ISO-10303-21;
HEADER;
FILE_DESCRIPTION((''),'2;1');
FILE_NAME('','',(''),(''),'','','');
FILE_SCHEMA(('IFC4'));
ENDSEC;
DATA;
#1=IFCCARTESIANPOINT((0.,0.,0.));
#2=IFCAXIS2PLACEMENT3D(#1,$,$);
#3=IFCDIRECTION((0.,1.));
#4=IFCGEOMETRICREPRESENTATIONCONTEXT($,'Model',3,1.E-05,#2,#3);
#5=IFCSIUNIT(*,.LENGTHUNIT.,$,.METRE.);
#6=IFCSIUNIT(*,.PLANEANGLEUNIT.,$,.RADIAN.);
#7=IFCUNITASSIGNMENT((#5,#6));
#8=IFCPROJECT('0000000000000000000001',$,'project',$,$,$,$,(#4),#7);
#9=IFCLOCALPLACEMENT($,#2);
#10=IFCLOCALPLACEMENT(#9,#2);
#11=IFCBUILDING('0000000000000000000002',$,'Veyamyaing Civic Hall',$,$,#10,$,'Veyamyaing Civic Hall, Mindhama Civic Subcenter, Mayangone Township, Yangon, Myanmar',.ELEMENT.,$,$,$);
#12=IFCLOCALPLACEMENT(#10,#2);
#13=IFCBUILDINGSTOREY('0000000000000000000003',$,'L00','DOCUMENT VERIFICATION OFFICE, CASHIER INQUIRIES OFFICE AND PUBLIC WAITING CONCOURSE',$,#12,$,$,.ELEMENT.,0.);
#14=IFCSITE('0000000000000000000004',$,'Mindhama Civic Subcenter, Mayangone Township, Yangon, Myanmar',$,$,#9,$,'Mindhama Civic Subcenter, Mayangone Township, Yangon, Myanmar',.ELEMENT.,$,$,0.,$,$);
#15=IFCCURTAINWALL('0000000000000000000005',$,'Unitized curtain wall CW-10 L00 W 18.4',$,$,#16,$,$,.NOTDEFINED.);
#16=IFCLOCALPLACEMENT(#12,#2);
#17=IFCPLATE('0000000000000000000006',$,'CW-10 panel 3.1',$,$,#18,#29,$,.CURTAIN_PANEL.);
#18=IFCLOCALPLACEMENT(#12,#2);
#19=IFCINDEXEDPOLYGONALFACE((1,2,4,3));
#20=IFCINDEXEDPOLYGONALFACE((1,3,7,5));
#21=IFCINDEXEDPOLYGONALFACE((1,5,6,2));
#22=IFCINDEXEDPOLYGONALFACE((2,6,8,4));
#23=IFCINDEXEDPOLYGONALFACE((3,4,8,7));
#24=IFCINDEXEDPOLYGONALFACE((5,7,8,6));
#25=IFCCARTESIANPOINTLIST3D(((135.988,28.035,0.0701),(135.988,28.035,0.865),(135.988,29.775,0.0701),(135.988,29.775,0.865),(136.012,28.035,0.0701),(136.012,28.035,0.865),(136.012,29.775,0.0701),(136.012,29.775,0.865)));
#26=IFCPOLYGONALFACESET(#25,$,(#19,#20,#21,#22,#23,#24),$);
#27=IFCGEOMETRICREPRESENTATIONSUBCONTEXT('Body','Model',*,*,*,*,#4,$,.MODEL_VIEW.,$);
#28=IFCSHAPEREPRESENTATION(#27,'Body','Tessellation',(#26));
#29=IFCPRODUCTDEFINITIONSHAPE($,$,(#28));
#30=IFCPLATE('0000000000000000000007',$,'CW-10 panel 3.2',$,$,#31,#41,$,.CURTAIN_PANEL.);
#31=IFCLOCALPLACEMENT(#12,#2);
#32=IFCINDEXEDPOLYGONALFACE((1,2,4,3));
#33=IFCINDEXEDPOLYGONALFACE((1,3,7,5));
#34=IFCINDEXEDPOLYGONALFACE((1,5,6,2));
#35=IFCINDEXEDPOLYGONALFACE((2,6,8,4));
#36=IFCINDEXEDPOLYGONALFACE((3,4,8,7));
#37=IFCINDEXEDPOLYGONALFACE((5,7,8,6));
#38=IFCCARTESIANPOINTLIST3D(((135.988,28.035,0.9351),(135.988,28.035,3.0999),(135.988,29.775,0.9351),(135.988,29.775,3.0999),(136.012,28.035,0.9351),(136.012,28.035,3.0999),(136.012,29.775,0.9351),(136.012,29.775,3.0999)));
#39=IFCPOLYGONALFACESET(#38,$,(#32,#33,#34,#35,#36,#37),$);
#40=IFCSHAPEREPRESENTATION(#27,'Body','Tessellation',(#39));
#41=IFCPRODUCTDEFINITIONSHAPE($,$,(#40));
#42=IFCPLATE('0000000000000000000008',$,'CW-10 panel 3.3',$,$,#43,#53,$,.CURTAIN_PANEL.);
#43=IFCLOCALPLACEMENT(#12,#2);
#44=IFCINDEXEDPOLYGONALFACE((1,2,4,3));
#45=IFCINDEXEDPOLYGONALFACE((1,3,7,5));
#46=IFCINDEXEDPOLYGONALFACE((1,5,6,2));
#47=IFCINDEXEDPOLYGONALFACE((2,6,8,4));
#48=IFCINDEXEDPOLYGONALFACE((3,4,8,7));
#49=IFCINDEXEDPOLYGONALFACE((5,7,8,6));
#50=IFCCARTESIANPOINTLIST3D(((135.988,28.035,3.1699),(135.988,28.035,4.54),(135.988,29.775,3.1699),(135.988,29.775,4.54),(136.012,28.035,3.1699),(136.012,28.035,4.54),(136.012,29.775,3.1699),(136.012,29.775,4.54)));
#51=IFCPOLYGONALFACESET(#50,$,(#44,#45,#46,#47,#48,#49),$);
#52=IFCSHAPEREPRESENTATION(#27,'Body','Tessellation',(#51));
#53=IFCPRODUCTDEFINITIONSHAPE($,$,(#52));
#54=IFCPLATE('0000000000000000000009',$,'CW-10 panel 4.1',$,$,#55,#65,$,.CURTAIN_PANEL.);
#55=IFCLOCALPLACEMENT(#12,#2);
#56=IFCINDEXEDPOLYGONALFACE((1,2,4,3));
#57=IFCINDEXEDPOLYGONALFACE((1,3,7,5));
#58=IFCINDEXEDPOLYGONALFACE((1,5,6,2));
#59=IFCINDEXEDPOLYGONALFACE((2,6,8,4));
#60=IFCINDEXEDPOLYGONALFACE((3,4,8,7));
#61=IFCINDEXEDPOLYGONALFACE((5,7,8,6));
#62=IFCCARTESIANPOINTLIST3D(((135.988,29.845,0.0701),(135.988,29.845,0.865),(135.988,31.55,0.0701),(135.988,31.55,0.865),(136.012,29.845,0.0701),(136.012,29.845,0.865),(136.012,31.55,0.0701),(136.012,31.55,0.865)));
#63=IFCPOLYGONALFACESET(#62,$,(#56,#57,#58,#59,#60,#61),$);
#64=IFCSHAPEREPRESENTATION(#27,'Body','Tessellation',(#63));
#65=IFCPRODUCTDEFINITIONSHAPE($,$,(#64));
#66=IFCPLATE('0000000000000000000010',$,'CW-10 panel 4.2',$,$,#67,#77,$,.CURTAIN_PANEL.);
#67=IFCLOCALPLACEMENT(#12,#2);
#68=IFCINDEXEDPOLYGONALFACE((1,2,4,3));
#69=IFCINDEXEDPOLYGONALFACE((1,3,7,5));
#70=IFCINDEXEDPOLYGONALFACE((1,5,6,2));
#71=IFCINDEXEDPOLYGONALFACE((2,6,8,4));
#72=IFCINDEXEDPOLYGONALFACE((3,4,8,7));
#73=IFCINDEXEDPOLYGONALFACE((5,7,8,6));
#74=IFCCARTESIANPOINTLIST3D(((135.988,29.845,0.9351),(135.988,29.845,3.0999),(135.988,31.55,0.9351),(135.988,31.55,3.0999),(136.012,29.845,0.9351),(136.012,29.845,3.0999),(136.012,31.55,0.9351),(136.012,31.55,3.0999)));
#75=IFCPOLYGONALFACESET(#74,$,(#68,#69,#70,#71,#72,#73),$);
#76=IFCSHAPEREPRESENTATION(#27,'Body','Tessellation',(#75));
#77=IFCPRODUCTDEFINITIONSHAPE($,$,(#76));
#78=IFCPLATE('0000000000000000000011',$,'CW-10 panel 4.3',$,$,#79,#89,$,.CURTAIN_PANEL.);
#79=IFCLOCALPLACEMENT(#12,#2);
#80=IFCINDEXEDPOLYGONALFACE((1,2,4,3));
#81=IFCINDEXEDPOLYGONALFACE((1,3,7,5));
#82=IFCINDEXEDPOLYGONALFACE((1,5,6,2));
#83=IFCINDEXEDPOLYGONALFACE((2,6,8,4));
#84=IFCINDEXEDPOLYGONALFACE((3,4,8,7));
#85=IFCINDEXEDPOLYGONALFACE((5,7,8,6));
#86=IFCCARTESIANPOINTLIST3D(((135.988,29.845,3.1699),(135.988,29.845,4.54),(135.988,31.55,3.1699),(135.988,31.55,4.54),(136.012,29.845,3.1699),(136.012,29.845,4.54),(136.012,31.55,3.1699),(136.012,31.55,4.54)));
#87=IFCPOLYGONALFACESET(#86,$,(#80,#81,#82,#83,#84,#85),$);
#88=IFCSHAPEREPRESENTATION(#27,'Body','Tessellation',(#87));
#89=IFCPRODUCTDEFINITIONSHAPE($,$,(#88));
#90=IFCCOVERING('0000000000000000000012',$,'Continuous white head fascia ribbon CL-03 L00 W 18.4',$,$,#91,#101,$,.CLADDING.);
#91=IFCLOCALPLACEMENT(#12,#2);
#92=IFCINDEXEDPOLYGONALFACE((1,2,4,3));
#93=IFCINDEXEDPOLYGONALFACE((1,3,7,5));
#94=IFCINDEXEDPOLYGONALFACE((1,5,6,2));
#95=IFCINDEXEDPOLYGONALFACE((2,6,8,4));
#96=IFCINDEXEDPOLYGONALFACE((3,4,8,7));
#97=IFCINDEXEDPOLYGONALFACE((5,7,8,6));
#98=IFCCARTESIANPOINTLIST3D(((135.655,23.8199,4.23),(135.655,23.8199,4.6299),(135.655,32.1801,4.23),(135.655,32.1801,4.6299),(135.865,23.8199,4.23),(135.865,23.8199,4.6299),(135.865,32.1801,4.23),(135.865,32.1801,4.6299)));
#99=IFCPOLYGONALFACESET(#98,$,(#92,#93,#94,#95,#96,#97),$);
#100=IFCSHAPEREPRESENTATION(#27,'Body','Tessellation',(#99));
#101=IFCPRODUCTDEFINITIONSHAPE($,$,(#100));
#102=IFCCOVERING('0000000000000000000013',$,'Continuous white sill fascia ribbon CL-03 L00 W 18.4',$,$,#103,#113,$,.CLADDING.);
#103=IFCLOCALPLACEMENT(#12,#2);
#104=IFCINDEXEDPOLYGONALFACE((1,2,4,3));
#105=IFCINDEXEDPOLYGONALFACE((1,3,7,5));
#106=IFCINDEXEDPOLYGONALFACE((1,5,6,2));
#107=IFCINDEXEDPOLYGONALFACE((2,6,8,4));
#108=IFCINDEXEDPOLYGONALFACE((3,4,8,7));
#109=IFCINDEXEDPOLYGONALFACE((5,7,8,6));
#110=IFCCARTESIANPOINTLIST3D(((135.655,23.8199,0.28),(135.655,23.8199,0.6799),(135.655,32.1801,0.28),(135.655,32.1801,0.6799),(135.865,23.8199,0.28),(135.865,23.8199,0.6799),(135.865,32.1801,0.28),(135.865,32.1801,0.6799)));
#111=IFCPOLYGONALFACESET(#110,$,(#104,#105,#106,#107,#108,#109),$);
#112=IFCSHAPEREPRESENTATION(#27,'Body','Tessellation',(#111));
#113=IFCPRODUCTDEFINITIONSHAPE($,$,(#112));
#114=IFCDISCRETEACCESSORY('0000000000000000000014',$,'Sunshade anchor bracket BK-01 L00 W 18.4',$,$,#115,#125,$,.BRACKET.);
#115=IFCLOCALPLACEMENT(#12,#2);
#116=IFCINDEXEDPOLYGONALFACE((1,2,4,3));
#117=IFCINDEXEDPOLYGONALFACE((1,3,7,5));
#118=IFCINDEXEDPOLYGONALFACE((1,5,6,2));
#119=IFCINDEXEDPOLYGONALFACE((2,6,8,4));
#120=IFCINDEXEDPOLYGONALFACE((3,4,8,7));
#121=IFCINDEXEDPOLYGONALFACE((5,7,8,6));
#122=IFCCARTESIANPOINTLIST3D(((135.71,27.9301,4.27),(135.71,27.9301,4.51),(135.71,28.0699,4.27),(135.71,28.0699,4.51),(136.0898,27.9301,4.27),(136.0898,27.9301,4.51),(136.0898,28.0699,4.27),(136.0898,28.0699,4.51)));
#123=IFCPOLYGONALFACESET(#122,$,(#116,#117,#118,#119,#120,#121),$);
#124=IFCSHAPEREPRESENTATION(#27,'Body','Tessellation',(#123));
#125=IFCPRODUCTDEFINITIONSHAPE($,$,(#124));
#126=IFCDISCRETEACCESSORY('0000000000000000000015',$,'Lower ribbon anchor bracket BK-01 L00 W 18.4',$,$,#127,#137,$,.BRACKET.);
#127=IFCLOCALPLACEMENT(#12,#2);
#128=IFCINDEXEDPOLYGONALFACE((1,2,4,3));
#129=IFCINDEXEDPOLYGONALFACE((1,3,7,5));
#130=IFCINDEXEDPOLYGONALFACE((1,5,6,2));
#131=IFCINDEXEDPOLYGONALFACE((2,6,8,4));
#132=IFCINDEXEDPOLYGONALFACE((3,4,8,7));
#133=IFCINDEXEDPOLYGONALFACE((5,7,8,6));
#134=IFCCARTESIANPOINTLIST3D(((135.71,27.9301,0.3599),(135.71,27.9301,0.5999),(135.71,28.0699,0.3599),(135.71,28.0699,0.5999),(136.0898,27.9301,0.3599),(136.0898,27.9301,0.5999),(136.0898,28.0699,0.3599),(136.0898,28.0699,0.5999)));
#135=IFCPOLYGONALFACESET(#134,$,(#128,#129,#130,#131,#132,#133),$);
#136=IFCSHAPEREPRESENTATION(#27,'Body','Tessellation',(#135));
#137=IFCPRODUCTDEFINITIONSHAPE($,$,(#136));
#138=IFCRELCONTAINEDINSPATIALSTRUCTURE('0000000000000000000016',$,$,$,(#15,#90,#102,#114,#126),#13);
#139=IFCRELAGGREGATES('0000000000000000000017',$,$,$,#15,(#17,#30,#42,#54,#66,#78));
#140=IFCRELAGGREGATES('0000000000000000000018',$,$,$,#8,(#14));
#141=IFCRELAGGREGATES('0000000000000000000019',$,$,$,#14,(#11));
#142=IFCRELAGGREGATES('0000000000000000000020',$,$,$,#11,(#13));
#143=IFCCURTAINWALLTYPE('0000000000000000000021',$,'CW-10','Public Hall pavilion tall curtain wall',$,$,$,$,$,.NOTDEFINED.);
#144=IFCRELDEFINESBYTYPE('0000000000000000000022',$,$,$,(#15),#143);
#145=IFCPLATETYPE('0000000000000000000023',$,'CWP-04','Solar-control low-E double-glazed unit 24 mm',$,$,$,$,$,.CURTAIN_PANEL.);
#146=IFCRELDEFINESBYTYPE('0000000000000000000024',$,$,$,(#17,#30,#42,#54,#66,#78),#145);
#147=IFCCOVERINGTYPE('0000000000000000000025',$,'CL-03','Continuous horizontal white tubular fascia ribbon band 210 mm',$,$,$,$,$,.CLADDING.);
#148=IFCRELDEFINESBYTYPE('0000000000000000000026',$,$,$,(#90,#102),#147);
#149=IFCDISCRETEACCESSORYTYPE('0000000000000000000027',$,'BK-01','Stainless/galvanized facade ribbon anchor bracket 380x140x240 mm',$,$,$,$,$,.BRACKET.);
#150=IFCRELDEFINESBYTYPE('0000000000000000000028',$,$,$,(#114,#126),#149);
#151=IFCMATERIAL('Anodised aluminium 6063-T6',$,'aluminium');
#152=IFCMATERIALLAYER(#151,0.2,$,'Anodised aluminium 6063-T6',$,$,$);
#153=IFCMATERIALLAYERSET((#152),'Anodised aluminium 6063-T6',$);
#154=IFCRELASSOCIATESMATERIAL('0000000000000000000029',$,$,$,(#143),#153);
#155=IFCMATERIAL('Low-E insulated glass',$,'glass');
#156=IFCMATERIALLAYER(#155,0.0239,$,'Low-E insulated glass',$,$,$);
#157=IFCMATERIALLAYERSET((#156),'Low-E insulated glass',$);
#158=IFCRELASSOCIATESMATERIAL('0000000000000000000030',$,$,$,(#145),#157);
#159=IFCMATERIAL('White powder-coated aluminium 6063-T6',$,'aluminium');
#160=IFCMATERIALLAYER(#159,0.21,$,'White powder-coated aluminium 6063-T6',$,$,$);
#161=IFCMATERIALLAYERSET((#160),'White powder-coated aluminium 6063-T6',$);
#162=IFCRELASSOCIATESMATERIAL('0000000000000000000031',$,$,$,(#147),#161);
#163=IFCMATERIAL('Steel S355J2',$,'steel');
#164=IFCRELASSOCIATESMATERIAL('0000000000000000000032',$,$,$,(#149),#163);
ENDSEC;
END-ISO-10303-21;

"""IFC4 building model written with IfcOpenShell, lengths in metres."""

from ifc_helpers import new_model, si_unit, direction, frame, origin, origin_2d, place, context, subcontext, project, spatial, rectangle, extrude, material, layer, layer_set, type_object, element, aggregate, save


model = new_model("IFC4")

# Units and contexts
model_context = context("Model", 3, precision=1e-05, world=origin(), true_north=direction((0.0, 1.0)))
body_context = subcontext(model_context, "Body", "Model", "MODEL_VIEW")
ifc_project = project(units=[si_unit("LENGTHUNIT", "METRE"), si_unit("PLANEANGLEUNIT", "RADIAN")], contexts=[model_context])

# Site, building, storey
site_placement = place(None, origin())
site = spatial("IfcSite", under=ifc_project, at=site_placement, Name="Mindhama Civic Subcenter, Mayangone Township, Yangon, Myanmar", LongName="Mindhama Civic Subcenter, Mayangone Township, Yangon, Myanmar", CompositionType="ELEMENT", RefElevation=0.0)
building_placement = place(site_placement, origin())
building = spatial("IfcBuilding", under=site, at=building_placement, Name="Veyamyaing Civic Hall", LongName="Veyamyaing Civic Hall, Mindhama Civic Subcenter, Mayangone Township, Yangon, Myanmar", CompositionType="ELEMENT")
storey_placement = place(building_placement, origin())
storey = spatial("IfcBuildingStorey", under=building, at=storey_placement, Name="L00", Description="DOCUMENT VERIFICATION OFFICE, CASHIER INQUIRIES OFFICE AND PUBLIC WAITING CONCOURSE", CompositionType="ELEMENT", Elevation=0.0)

# Curtain wall
ifc_material_1 = material(Name="Anodised aluminium 6063-T6", Category="aluminium")
ifc_layer_1 = layer(ifc_material_1, 0.2, Name="Anodised aluminium 6063-T6")
ifc_layer_set_1 = layer_set([ifc_layer_1], Name="Anodised aluminium 6063-T6")
curtain_wall_type = type_object("IfcCurtainWallType", Name="CW-10", Description="Public Hall pavilion tall curtain wall", PredefinedType="NOTDEFINED", material=ifc_layer_set_1)
curtain_wall_placement = place(storey_placement, origin())
curtain_wall = element("IfcCurtainWall", 1, at=curtain_wall_placement, inside=storey, type_object=curtain_wall_type, Name="Unitized curtain wall CW-10 L00 W 18.4", PredefinedType="NOTDEFINED")

# Plates
ifc_material_2 = material(Name="Low-E insulated glass", Category="glass")
ifc_layer_2 = layer(ifc_material_2, 0.0239, Name="Low-E insulated glass")
ifc_layer_set_2 = layer_set([ifc_layer_2], Name="Low-E insulated glass")
plate_type = type_object("IfcPlateType", Name="CWP-04", Description="Solar-control low-E double-glazed unit 24 mm", PredefinedType="CURTAIN_PANEL", material=ifc_layer_set_2)
plate_1_placement = place(storey_placement, frame((136.0, 28.905, 0.0701), z_axis=(0.0, 0.0, 1.0), x_axis=(0.0, 1.0, 0.0)))
plate_1 = element("IfcPlate", 2, at=plate_1_placement, type_object=plate_type, Name="CW-10 panel 3.1", PredefinedType="CURTAIN_PANEL", context=body_context, shape_type="SweptSolid", body=[
    extrude(rectangle(XDim=1.74, YDim=0.0239, at=origin_2d()), origin(), (0.0, 0.0, 1.0), 0.7949),
])
plate_2_placement = place(storey_placement, frame((136.0, 28.905, 0.9351), z_axis=(0.0, 0.0, 1.0), x_axis=(0.0, 1.0, 0.0)))
plate_2 = element("IfcPlate", 3, at=plate_2_placement, type_object=plate_type, Name="CW-10 panel 3.2", PredefinedType="CURTAIN_PANEL", context=body_context, shape_type="SweptSolid", body=[
    extrude(rectangle(XDim=1.74, YDim=0.0239, at=origin_2d()), origin(), (0.0, 0.0, 1.0), 2.1648),
])
plate_3_placement = place(storey_placement, frame((136.0, 28.905, 3.1699), z_axis=(0.0, 0.0, 1.0), x_axis=(0.0, 1.0, 0.0)))
plate_3 = element("IfcPlate", 4, at=plate_3_placement, type_object=plate_type, Name="CW-10 panel 3.3", PredefinedType="CURTAIN_PANEL", context=body_context, shape_type="SweptSolid", body=[
    extrude(rectangle(XDim=1.74, YDim=0.0239, at=origin_2d()), origin(), (0.0, 0.0, 1.0), 1.3701),
])
plate_4_placement = place(storey_placement, frame((136.0, 30.6975, 0.0701), z_axis=(0.0, 0.0, 1.0), x_axis=(0.0, 1.0, 0.0)))
plate_4 = element("IfcPlate", 5, at=plate_4_placement, type_object=plate_type, Name="CW-10 panel 4.1", PredefinedType="CURTAIN_PANEL", context=body_context, shape_type="SweptSolid", body=[
    extrude(rectangle(XDim=1.7051, YDim=0.0239, at=origin_2d()), origin(), (0.0, 0.0, 1.0), 0.7949),
])
plate_5_placement = place(storey_placement, frame((136.0, 30.6975, 0.9351), z_axis=(0.0, 0.0, 1.0), x_axis=(0.0, 1.0, 0.0)))
plate_5 = element("IfcPlate", 6, at=plate_5_placement, type_object=plate_type, Name="CW-10 panel 4.2", PredefinedType="CURTAIN_PANEL", context=body_context, shape_type="SweptSolid", body=[
    extrude(rectangle(XDim=1.7051, YDim=0.0239, at=origin_2d()), origin(), (0.0, 0.0, 1.0), 2.1648),
])
plate_6_placement = place(storey_placement, frame((136.0, 30.6975, 3.1699), z_axis=(0.0, 0.0, 1.0), x_axis=(0.0, 1.0, 0.0)))
plate_6 = element("IfcPlate", 7, at=plate_6_placement, type_object=plate_type, Name="CW-10 panel 4.3", PredefinedType="CURTAIN_PANEL", context=body_context, shape_type="SweptSolid", body=[
    extrude(rectangle(XDim=1.7051, YDim=0.0239, at=origin_2d()), origin(), (0.0, 0.0, 1.0), 1.3701),
])
aggregate(curtain_wall, [plate_1, plate_2, plate_3, plate_4, plate_5, plate_6])

# Coverings
ifc_material_3 = material(Name="White powder-coated aluminium 6063-T6", Category="aluminium")
ifc_layer_3 = layer(ifc_material_3, 0.21, Name="White powder-coated aluminium 6063-T6")
ifc_layer_set_3 = layer_set([ifc_layer_3], Name="White powder-coated aluminium 6063-T6")
covering_type = type_object("IfcCoveringType", Name="CL-03", Description="Continuous horizontal white tubular fascia ribbon band 210 mm", PredefinedType="CLADDING", material=ifc_layer_set_3)
for number, where, z_axis, x_axis, name in (
    (8, (135.76, 28.0, 4.23), (0.0, 0.0, 1.0), (0.0, 1.0, 0.0), "Continuous white head fascia ribbon CL-03 L00 W 18.4"),
    (9, (135.76, 28.0, 0.28), (0.0, 0.0, 1.0), (0.0, 1.0, 0.0), "Continuous white sill fascia ribbon CL-03 L00 W 18.4"),
):
    element("IfcCovering", number, at=place(storey_placement, frame(where, z_axis=z_axis, x_axis=x_axis)), inside=storey, type_object=covering_type, Name=name, PredefinedType="CLADDING", context=body_context, shape_type="SweptSolid", body=[
        extrude(rectangle(XDim=8.3601, YDim=0.21, at=origin_2d()), origin(), (0.0, 0.0, 1.0), 0.3999),
    ])

# Discrete accessories
ifc_material_4 = material(Name="Steel S355J2", Category="steel")
discrete_accessory_type = type_object("IfcDiscreteAccessoryType", Name="BK-01", Description="Stainless/galvanized facade ribbon anchor bracket 380x140x240 mm", PredefinedType="BRACKET", material=ifc_material_4)
for number, where, z_axis, x_axis, name in (
    (10, (135.8999, 28.0, 4.27), (0.0, 0.0, 1.0), (-1.0, 0.0, 0.0), "Sunshade anchor bracket BK-01 L00 W 18.4"),
    (11, (135.8999, 28.0, 0.3599), (0.0, 0.0, 1.0), (-1.0, 0.0, 0.0), "Lower ribbon anchor bracket BK-01 L00 W 18.4"),
):
    element("IfcDiscreteAccessory", number, at=place(storey_placement, frame(where, z_axis=z_axis, x_axis=x_axis)), inside=storey, type_object=discrete_accessory_type, Name=name, PredefinedType="BRACKET", context=body_context, shape_type="SweptSolid", body=[
        extrude(rectangle(XDim=0.3799, YDim=0.1399, at=origin_2d()), origin(), (0.0, 0.0, 1.0), 0.24),
    ])

save(model, "model.ifc")
